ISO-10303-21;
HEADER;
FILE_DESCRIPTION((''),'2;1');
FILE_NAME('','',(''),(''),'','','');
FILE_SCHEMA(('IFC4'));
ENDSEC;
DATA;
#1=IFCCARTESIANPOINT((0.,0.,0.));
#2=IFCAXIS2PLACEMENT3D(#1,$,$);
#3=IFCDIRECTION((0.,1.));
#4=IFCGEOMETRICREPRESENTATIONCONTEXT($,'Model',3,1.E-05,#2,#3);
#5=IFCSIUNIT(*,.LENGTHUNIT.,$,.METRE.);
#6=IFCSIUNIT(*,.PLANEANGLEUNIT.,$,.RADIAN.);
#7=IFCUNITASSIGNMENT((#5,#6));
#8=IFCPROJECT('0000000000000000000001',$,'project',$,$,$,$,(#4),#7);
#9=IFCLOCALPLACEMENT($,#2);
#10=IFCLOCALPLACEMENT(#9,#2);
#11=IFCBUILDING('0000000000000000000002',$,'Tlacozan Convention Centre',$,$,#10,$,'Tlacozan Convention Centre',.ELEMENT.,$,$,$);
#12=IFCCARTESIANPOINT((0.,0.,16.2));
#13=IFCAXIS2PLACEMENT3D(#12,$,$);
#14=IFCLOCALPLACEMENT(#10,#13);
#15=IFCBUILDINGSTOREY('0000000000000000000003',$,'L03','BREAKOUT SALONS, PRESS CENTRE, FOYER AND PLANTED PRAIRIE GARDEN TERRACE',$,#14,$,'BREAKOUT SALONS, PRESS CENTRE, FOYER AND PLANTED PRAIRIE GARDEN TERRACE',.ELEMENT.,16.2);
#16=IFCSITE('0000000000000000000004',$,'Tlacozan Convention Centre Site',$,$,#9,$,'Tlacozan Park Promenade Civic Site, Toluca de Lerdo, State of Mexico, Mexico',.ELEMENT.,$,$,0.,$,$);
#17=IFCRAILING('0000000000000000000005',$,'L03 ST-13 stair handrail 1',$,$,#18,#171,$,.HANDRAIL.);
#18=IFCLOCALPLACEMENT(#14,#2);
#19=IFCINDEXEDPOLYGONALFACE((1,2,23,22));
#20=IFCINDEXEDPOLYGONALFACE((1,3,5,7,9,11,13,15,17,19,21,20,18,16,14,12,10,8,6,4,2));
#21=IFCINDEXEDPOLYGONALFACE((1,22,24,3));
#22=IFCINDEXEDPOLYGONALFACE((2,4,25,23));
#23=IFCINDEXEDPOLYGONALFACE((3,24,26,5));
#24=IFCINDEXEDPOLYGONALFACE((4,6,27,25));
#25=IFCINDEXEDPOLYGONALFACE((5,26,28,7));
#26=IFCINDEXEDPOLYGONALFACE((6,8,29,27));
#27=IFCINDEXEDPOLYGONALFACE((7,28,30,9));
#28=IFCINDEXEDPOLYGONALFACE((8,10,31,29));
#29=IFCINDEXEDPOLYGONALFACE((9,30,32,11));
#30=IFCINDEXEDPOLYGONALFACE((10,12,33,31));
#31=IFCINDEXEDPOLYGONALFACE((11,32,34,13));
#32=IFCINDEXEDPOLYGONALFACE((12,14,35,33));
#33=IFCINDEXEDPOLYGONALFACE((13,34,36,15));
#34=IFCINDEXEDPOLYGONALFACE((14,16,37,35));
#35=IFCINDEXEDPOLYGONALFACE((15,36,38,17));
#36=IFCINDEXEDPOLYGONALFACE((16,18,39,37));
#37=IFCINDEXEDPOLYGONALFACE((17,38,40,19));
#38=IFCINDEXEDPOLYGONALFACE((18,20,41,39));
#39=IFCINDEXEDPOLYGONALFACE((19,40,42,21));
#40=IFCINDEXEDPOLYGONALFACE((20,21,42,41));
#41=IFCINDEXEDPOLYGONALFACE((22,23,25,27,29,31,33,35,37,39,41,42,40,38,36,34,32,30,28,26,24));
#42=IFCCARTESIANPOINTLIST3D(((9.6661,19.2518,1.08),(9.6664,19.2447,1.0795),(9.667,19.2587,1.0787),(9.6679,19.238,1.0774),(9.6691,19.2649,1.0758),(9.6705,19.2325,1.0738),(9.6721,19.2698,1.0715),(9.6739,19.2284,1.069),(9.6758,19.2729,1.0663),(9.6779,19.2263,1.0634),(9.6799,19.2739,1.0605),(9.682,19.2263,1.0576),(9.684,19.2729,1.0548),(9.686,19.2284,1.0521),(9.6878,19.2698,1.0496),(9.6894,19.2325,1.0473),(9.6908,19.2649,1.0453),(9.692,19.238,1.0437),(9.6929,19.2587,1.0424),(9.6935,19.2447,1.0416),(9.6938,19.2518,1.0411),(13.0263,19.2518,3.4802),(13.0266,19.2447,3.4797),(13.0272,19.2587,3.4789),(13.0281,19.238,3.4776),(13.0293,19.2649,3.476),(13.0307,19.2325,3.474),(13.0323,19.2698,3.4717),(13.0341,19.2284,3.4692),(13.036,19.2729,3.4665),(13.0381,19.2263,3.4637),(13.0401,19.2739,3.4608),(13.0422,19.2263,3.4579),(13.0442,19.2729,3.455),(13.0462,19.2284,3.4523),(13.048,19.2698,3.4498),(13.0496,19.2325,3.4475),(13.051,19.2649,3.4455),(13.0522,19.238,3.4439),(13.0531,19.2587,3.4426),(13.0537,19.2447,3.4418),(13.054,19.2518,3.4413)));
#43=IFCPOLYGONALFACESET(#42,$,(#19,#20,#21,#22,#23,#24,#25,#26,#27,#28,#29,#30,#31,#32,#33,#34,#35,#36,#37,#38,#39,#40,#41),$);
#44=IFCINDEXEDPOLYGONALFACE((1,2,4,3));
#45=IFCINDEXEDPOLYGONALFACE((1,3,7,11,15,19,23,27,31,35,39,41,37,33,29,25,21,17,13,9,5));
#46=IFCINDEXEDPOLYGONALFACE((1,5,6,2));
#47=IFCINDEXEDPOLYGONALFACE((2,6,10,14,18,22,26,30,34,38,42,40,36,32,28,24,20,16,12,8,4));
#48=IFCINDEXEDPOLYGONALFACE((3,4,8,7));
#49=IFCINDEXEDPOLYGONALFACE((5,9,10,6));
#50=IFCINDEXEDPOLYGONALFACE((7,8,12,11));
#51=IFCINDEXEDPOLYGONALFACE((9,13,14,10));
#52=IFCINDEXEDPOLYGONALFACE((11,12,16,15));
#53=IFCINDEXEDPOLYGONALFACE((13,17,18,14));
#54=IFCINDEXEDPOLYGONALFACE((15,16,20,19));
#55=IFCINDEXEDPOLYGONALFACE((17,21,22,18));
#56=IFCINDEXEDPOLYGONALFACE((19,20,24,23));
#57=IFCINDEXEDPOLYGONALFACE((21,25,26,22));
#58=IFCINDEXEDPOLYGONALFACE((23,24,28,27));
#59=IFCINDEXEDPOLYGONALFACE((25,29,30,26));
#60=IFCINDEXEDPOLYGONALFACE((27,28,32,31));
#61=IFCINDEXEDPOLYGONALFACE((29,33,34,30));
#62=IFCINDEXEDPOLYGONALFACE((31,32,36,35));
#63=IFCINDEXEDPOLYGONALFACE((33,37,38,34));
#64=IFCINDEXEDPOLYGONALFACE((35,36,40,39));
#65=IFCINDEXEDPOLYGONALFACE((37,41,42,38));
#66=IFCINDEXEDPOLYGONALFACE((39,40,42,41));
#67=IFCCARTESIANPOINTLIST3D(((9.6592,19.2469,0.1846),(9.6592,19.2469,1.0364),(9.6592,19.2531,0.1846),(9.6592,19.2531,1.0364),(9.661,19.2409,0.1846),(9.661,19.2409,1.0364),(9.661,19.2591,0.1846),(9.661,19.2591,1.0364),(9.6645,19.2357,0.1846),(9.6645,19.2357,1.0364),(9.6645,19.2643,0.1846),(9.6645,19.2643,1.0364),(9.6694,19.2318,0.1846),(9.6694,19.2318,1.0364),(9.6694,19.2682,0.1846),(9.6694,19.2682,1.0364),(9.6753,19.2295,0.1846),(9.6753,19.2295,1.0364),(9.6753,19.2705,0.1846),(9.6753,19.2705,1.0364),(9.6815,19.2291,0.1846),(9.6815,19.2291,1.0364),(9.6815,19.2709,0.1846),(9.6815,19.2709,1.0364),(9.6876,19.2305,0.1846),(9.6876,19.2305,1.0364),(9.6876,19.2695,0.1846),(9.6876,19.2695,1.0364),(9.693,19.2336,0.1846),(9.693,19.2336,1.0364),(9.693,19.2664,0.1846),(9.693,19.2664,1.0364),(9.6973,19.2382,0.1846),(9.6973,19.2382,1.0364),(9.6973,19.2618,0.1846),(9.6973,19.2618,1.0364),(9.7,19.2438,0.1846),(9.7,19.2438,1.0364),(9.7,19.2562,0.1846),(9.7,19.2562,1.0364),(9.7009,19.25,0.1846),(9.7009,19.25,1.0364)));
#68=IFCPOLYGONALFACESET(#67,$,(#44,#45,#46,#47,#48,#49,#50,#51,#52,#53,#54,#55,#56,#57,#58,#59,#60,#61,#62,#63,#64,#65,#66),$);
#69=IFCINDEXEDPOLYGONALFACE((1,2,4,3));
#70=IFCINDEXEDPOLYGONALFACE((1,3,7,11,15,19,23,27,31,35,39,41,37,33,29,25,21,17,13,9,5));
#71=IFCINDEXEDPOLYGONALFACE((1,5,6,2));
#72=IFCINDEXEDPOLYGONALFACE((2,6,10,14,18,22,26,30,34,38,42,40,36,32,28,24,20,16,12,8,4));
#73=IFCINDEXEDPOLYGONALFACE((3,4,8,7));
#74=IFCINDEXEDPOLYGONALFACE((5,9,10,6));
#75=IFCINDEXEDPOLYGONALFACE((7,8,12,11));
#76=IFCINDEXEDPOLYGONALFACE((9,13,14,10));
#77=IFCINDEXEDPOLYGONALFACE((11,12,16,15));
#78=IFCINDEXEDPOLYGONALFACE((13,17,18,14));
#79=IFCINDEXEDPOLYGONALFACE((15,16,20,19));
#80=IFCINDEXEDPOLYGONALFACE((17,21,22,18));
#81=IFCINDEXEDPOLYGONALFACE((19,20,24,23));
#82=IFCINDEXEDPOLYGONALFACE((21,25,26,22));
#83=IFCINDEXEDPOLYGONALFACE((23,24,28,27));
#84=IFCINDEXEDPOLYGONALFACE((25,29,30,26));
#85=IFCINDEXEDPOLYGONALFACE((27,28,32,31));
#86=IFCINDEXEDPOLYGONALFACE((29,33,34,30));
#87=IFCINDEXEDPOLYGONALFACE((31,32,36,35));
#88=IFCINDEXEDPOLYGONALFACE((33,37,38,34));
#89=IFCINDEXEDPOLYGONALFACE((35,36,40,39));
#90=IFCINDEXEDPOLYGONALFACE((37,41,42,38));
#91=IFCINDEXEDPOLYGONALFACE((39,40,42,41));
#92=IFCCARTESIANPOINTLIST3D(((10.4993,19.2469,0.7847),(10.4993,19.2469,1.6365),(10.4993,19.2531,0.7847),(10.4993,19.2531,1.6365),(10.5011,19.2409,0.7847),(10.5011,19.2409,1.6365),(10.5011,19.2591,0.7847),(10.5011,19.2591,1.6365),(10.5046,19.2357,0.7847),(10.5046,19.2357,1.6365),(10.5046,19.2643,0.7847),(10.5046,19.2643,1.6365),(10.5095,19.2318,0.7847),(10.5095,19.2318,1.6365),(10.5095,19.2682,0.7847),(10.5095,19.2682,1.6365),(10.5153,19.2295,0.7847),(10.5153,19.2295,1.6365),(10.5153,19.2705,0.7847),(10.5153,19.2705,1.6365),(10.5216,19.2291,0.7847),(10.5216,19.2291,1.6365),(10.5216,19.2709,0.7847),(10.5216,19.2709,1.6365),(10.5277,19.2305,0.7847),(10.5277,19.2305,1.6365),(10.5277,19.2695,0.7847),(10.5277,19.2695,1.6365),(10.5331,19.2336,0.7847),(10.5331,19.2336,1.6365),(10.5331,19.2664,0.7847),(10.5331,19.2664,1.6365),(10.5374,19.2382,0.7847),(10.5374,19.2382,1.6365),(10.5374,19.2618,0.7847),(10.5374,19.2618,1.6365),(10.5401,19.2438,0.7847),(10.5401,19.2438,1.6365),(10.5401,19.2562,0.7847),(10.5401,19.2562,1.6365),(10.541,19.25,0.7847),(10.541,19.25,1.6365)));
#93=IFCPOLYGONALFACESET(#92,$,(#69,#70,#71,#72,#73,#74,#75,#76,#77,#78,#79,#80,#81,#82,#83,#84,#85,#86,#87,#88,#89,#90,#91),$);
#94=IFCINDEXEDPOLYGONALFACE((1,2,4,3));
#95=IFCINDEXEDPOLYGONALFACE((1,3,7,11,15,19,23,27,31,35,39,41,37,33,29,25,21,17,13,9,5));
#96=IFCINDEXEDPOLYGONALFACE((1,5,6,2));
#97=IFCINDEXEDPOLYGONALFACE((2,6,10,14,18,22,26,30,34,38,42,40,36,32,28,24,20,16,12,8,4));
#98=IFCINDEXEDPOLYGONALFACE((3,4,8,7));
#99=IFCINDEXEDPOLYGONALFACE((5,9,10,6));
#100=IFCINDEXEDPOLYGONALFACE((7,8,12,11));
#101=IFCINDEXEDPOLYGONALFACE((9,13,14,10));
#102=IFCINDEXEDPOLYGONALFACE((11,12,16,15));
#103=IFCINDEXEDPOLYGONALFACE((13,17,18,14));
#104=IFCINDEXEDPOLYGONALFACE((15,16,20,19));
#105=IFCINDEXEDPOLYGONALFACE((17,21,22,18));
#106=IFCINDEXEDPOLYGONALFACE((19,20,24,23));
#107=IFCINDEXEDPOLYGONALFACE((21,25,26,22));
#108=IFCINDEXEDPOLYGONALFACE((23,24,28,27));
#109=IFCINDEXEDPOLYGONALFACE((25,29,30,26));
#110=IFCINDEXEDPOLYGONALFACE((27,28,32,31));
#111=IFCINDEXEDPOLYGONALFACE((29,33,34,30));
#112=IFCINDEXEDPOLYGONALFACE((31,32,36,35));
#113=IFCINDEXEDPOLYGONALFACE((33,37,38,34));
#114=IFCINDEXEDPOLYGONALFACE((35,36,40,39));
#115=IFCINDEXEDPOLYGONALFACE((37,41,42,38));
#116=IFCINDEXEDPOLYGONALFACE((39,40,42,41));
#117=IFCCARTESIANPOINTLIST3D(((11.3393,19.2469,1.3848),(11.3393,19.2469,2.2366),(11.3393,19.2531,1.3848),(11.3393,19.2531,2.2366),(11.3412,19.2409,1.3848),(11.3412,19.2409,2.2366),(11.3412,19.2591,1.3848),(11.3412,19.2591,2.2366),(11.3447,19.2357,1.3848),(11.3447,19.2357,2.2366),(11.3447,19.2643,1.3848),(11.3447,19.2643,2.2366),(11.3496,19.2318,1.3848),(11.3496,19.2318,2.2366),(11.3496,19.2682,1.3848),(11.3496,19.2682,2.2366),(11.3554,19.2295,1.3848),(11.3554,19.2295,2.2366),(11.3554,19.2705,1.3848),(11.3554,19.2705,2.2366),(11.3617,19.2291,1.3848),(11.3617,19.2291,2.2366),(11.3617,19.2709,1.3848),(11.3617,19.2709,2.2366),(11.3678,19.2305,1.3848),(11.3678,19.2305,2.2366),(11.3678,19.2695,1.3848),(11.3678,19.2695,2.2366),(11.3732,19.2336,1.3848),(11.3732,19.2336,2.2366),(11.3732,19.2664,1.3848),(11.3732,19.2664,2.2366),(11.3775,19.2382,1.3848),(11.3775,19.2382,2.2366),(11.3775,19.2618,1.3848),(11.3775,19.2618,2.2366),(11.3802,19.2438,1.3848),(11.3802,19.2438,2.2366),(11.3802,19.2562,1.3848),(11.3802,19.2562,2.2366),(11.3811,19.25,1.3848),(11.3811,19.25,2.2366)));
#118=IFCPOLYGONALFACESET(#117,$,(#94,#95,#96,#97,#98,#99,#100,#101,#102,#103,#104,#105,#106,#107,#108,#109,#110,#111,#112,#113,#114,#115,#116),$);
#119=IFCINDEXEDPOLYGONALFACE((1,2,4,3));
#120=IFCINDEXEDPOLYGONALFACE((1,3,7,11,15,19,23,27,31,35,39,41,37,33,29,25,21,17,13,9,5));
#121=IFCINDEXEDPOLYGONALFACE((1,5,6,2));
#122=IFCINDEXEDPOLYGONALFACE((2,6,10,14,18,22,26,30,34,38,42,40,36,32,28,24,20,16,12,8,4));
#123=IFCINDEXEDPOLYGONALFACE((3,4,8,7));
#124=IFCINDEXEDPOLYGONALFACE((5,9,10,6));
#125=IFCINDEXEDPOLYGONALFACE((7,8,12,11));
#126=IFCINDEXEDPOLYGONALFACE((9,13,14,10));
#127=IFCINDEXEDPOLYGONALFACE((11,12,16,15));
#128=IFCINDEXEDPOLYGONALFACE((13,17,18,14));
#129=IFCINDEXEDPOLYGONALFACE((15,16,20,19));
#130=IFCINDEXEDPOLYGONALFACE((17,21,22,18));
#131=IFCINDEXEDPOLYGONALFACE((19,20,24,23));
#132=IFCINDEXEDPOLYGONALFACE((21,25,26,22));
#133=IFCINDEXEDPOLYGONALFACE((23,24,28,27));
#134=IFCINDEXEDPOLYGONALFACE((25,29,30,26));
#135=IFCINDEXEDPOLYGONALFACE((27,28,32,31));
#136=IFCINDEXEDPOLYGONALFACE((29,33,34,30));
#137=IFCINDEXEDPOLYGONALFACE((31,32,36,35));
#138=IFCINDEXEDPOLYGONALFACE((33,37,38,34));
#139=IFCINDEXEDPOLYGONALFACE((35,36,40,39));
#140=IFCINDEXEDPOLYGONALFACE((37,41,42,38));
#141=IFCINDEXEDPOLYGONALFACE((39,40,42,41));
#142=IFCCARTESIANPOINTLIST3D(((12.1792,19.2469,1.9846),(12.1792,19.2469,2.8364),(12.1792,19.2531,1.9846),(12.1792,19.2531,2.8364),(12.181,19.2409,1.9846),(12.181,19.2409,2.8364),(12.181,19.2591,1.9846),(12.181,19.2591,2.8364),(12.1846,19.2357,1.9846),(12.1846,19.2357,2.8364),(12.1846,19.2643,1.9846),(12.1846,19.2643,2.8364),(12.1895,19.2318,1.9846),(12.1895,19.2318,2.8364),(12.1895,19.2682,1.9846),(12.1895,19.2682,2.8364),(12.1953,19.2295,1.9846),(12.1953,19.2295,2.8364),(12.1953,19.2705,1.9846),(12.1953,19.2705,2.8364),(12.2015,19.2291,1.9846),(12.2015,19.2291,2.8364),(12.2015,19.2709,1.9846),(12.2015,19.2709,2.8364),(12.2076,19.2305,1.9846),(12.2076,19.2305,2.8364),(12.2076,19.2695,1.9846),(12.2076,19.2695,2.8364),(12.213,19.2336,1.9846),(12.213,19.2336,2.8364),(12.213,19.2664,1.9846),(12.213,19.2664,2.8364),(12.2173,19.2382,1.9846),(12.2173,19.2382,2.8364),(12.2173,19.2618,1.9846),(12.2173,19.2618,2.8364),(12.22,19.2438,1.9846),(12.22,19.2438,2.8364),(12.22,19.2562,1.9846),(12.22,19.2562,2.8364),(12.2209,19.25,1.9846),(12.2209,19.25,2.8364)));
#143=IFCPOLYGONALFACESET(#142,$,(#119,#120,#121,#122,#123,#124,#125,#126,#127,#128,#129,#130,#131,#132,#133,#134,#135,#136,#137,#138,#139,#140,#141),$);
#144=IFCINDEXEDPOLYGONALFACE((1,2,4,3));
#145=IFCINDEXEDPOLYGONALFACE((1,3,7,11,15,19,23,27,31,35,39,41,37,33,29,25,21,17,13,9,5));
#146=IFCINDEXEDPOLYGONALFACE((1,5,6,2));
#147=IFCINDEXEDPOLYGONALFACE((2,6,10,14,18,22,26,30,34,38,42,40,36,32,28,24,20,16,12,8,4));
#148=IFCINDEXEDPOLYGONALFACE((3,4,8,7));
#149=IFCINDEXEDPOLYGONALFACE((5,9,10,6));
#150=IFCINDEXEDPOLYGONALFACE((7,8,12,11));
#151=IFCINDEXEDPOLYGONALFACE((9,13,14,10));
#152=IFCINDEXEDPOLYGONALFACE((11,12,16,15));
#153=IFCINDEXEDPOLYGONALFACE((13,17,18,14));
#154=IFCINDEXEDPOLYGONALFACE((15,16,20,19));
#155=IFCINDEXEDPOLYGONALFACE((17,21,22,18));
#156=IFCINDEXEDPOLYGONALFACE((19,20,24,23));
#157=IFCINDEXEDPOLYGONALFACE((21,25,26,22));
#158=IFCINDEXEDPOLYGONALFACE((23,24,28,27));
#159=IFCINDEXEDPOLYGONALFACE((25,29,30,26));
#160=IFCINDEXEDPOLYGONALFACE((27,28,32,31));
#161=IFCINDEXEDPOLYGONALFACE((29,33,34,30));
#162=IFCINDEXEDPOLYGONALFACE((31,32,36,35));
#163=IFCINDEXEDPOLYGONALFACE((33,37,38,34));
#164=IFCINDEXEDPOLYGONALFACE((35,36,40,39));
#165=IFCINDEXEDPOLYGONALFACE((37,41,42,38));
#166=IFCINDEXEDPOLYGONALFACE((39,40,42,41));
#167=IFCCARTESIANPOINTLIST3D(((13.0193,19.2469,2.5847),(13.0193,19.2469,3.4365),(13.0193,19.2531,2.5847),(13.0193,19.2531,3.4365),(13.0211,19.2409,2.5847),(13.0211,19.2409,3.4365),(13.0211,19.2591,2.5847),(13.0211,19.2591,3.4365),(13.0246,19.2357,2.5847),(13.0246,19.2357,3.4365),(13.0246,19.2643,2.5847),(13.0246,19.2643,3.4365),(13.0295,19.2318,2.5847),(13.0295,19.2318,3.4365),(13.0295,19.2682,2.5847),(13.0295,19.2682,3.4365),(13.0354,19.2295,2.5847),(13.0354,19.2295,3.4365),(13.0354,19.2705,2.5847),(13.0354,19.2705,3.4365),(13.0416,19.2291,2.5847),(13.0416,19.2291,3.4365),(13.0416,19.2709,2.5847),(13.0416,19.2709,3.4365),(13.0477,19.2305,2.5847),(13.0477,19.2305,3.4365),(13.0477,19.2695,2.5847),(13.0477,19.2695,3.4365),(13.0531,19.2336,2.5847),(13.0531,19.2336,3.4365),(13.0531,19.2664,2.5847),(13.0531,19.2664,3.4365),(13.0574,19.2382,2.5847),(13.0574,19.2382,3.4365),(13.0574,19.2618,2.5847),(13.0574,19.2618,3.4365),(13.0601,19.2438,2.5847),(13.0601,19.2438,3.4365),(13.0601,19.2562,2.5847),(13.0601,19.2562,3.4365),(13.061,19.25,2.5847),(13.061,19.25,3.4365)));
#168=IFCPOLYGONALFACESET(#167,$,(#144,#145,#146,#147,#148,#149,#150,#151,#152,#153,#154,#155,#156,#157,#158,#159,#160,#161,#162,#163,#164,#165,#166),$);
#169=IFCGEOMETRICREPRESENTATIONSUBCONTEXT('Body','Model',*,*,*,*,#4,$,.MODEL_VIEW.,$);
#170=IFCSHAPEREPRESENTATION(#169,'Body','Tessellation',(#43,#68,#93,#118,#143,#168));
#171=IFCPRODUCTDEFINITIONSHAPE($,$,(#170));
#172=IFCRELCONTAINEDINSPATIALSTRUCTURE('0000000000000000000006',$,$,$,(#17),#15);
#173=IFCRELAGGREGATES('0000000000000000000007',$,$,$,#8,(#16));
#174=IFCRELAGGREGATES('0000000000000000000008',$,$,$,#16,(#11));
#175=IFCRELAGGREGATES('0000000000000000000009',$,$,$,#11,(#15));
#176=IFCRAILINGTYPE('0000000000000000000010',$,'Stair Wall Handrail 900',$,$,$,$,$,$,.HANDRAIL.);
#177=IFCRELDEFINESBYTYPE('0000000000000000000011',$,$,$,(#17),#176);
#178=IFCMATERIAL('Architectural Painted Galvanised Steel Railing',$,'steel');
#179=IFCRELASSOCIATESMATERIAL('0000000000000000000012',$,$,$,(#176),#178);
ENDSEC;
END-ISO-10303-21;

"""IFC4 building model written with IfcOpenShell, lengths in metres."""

from ifc_helpers import new_model, si_unit, direction, frame, origin, origin_2d, place, context, subcontext, project, spatial, circle, extrude, material, type_object, element, save


model = new_model("IFC4")

# Units and contexts
model_context = context("Model", 3, precision=1e-05, world=origin(), true_north=direction((0.0, 1.0)))
body_context = subcontext(model_context, "Body", "Model", "MODEL_VIEW")
ifc_project = project(units=[si_unit("LENGTHUNIT", "METRE"), si_unit("PLANEANGLEUNIT", "RADIAN")], contexts=[model_context])

# Site, building, storey
site_placement = place(None, origin())
site = spatial("IfcSite", under=ifc_project, at=site_placement, Name="Tlacozan Convention Centre Site", LongName="Tlacozan Park Promenade Civic Site, Toluca de Lerdo, State of Mexico, Mexico", CompositionType="ELEMENT", RefElevation=0.0)
building_placement = place(site_placement, origin())
building = spatial("IfcBuilding", under=site, at=building_placement, Name="Tlacozan Convention Centre", LongName="Tlacozan Convention Centre", CompositionType="ELEMENT")
storey_placement = place(building_placement, frame((0.0, 0.0, 16.2)))
storey = spatial("IfcBuildingStorey", under=building, at=storey_placement, Name="L03", Description="BREAKOUT SALONS, PRESS CENTRE, FOYER AND PLANTED PRAIRIE GARDEN TERRACE", LongName="BREAKOUT SALONS, PRESS CENTRE, FOYER AND PLANTED PRAIRIE GARDEN TERRACE", CompositionType="ELEMENT", Elevation=16.2)

# Railing
ifc_material_1 = material(Name="Architectural Painted Galvanised Steel Railing", Category="steel")
railing_type_1 = type_object("IfcRailingType", Name="Stair Wall Handrail 900", PredefinedType="HANDRAIL", material=ifc_material_1)
railing_1_placement = place(storey_placement, frame((9.6799, 19.25, 0.1846)))
element("IfcRailing", 1, at=railing_1_placement, inside=storey, type_object=railing_type_1, Name="L03 ST-13 stair handrail 1", PredefinedType="HANDRAIL", context=body_context, shape_type="SweptSolid", body=[
    extrude(circle(Radius=0.0239, at=origin_2d()), frame((0.0, 0.0, 0.876), z_axis=(0.813725, 0.0, 0.581249), x_axis=(0.0, 1.0, 0.0)), (0.0, 0.0, 1.0), 4.1294),
    extrude(circle(Radius=0.021, at=origin_2d()), origin(), (0.0, 0.0, 1.0), 0.8518),
    extrude(circle(Radius=0.021, at=origin_2d()), frame((0.8401, 0.0, 0.6001)), (0.0, 0.0, 1.0), 0.8518),
    extrude(circle(Radius=0.021, at=origin_2d()), frame((1.6802, 0.0, 1.2002)), (0.0, 0.0, 1.0), 0.8518),
    extrude(circle(Radius=0.021, at=origin_2d()), frame((2.52, 0.0, 1.8)), (0.0, 0.0, 1.0), 0.8518),
    extrude(circle(Radius=0.021, at=origin_2d()), frame((3.3601, 0.0, 2.4001)), (0.0, 0.0, 1.0), 0.8518),
])

save(model, "model.ifc")
